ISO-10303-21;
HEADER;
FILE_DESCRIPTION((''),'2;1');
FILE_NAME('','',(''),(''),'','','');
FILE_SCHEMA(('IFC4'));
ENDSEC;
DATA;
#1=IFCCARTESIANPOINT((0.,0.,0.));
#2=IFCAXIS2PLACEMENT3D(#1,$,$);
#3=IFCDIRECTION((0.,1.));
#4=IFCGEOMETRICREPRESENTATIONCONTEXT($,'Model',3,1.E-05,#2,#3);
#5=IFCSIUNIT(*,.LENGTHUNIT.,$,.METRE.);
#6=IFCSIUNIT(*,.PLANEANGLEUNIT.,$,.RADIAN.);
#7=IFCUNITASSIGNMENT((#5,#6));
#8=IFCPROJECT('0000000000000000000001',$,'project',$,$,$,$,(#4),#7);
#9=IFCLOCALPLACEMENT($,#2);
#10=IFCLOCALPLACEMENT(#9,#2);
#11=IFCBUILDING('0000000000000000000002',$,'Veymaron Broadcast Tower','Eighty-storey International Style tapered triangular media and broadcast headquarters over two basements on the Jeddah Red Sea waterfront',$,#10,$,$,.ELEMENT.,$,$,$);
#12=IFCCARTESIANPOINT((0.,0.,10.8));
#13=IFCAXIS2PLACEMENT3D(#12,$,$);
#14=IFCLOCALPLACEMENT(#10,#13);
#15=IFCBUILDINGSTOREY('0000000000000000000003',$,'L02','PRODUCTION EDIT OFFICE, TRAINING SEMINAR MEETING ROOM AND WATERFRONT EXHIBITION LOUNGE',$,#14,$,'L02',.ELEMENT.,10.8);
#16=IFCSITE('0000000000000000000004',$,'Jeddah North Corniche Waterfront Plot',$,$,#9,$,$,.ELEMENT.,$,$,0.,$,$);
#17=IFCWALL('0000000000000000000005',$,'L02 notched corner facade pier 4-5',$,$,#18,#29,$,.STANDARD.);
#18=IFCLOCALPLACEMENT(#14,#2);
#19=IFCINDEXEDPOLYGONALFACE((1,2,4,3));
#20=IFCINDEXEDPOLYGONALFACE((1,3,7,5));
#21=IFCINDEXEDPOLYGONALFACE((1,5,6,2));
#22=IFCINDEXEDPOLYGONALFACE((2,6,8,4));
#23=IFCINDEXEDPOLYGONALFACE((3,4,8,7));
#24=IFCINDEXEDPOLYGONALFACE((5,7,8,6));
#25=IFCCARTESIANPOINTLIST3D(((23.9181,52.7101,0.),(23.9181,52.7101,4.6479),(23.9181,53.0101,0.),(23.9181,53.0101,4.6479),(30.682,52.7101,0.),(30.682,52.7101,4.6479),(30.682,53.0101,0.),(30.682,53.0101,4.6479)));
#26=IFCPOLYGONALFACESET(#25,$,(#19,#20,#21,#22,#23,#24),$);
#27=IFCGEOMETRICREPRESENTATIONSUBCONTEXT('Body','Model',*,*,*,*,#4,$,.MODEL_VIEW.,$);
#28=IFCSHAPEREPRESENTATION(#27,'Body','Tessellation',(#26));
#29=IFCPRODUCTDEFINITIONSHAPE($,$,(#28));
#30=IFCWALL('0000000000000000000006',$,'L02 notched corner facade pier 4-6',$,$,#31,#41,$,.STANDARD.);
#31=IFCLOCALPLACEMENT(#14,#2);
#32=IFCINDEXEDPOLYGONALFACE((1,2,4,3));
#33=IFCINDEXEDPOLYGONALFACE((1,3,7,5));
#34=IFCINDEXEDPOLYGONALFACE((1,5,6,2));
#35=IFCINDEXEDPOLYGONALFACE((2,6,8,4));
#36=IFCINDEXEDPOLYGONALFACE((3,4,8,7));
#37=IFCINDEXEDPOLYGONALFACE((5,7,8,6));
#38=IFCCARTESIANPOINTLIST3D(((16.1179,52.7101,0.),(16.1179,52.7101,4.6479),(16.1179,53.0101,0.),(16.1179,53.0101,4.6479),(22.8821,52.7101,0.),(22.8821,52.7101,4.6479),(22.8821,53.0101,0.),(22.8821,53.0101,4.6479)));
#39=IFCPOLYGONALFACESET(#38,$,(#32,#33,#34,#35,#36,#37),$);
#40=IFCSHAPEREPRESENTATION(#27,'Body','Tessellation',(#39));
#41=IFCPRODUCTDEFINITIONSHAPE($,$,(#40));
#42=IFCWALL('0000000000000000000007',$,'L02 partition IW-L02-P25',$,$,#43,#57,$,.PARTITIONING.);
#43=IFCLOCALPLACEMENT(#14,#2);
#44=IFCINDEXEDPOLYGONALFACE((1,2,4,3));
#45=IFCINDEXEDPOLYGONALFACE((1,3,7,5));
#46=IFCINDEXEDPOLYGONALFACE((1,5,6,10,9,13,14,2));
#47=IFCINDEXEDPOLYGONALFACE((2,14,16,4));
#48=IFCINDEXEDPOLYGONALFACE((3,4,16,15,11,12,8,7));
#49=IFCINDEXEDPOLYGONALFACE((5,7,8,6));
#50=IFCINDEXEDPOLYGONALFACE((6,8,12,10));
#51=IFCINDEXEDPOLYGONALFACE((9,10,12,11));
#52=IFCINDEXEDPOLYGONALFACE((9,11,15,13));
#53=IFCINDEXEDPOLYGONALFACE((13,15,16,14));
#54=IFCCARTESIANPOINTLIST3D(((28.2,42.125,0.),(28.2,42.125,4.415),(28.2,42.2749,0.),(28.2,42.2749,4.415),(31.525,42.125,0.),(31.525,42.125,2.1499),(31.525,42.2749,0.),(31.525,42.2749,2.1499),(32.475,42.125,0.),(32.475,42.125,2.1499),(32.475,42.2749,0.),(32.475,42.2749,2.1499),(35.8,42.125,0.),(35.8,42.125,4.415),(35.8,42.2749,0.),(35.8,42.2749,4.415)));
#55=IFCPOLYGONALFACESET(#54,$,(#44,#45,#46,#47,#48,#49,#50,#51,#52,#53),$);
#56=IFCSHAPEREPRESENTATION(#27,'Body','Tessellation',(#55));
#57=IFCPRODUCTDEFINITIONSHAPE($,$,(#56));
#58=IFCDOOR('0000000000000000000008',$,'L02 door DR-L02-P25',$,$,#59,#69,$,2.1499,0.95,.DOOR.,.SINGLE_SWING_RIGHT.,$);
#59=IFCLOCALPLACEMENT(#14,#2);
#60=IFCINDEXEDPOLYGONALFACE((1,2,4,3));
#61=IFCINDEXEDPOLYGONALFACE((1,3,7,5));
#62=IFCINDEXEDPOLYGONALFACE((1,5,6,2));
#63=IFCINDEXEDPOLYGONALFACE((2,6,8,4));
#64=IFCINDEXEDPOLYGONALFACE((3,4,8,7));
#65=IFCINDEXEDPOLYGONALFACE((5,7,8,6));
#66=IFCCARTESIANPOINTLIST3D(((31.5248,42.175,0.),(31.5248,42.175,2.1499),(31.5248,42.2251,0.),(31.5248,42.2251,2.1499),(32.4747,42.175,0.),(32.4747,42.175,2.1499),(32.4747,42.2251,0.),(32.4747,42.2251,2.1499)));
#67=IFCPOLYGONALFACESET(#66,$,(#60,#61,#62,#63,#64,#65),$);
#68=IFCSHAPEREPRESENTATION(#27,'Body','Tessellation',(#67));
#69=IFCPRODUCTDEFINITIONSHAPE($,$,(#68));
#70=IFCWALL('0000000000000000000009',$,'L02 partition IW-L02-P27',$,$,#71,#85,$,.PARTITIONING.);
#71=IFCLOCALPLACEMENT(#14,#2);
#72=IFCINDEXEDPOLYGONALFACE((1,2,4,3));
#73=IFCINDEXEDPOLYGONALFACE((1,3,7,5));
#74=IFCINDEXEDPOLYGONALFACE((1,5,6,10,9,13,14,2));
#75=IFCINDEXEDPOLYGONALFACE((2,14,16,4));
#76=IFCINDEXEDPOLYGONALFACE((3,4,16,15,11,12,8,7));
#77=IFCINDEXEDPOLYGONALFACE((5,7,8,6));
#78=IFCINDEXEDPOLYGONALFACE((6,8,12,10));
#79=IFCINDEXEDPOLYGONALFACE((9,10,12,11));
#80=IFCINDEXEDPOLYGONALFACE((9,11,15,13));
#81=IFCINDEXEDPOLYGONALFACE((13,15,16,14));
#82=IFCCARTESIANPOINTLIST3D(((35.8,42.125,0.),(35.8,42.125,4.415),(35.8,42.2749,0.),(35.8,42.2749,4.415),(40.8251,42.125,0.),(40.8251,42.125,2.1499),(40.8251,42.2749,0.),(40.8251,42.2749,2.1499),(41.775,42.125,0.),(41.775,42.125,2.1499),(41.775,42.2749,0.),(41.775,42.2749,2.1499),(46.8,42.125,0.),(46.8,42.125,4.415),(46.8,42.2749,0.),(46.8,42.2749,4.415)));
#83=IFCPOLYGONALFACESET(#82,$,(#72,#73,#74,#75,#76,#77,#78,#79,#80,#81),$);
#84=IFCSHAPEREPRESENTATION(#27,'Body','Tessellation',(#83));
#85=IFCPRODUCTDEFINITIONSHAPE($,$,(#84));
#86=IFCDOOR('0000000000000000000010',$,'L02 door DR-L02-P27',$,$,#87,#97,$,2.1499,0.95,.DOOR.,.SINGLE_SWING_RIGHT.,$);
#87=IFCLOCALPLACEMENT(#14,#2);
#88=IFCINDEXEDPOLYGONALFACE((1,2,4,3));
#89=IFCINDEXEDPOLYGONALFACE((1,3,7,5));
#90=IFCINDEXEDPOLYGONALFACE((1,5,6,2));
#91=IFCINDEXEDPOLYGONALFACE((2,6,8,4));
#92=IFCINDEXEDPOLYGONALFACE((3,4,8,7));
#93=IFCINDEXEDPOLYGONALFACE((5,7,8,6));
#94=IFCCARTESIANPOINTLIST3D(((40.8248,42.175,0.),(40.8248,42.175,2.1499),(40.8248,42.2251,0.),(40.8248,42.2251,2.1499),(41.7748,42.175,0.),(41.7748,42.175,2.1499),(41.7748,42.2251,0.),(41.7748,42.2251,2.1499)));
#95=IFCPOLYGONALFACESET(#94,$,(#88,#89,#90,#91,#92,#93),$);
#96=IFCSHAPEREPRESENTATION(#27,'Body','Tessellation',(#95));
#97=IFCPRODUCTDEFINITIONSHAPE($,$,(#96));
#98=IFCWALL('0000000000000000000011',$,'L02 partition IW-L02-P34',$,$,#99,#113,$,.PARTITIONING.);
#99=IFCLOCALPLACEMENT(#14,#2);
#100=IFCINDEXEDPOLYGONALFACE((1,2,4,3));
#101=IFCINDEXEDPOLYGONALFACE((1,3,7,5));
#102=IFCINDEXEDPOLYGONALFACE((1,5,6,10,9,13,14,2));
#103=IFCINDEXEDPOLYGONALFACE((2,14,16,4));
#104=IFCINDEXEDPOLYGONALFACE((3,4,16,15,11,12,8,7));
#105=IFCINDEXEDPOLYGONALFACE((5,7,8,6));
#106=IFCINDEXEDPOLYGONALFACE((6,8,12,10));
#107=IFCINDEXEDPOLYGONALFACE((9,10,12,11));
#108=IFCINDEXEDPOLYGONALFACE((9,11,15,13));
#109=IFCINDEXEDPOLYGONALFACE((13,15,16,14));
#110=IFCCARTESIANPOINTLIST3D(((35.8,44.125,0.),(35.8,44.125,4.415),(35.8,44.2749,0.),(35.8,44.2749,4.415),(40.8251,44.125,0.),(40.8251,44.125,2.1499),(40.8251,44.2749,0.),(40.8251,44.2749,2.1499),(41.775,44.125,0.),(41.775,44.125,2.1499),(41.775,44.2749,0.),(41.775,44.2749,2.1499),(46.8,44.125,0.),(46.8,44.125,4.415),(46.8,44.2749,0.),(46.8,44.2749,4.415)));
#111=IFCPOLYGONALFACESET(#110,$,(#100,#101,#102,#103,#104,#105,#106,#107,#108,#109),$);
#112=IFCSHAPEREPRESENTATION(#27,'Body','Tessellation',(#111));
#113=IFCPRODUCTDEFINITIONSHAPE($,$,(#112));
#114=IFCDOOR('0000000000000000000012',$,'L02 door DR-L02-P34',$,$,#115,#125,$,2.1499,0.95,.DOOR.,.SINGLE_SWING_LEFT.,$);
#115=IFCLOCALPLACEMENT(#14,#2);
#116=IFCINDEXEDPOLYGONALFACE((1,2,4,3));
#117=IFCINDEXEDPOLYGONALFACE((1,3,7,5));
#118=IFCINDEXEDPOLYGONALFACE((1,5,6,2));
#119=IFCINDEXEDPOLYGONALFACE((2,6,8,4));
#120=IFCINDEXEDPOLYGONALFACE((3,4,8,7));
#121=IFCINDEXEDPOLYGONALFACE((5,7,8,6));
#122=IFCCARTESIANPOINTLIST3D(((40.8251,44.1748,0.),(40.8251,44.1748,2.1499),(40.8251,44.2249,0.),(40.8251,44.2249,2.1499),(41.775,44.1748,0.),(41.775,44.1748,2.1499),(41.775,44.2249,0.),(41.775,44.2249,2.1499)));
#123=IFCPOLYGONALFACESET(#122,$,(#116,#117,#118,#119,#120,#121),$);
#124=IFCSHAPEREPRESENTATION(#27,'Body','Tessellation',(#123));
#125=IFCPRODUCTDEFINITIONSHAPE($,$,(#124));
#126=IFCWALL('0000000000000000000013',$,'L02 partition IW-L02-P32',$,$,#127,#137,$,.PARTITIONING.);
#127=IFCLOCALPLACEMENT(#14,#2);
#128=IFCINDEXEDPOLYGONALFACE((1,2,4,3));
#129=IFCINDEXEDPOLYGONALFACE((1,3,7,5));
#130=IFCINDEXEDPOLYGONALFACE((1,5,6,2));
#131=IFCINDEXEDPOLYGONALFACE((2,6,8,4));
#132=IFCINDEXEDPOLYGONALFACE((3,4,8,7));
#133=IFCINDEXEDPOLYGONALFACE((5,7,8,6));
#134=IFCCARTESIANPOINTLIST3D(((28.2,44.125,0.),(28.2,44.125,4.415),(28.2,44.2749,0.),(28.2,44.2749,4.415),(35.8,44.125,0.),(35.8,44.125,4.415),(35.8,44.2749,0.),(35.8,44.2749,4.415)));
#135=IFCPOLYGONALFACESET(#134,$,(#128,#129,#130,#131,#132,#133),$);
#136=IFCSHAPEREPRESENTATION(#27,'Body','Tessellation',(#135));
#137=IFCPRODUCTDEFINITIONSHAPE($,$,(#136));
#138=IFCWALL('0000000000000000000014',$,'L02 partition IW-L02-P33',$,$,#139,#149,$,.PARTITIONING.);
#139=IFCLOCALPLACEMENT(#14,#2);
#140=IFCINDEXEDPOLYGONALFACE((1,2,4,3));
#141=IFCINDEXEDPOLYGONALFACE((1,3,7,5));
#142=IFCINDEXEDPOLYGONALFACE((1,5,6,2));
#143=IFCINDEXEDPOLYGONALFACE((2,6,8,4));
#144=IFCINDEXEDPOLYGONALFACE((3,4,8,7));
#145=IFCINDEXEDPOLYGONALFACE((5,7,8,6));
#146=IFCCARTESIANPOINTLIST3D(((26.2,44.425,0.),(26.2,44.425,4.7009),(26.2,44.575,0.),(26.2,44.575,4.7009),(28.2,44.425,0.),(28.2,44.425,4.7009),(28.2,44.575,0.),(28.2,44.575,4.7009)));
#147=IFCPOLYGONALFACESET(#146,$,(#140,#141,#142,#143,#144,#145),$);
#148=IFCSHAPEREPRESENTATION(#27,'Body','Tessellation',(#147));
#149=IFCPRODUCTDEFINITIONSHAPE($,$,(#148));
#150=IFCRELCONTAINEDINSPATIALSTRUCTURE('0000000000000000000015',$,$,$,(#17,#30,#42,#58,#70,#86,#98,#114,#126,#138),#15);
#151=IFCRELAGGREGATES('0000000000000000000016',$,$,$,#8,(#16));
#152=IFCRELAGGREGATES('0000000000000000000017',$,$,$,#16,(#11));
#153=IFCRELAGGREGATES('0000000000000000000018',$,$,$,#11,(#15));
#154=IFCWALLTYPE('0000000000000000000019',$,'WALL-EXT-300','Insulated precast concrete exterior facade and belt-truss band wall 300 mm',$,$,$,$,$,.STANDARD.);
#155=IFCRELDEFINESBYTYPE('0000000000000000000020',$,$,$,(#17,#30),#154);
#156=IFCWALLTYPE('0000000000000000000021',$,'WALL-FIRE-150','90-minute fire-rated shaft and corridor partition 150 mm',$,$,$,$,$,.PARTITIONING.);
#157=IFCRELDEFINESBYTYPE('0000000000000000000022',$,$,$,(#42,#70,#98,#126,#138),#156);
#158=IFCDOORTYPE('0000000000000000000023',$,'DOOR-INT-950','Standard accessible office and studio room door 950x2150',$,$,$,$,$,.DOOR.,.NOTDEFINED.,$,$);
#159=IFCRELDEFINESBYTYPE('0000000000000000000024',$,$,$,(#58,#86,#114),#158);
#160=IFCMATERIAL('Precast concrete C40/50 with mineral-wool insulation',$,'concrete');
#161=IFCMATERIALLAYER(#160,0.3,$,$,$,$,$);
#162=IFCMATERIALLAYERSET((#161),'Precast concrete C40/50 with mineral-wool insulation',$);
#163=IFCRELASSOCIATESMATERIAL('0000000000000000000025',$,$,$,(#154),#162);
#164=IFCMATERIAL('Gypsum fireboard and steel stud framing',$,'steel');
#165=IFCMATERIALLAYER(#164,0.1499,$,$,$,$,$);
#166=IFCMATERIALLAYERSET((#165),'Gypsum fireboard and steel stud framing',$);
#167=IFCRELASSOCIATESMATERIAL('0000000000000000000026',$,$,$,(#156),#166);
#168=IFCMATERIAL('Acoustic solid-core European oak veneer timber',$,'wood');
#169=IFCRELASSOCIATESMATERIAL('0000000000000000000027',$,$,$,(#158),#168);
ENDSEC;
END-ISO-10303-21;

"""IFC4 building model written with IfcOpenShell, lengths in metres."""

from ifc_helpers import new_model, si_unit, direction, frame, frame_2d, origin, place, context, subcontext, project, spatial, rectangle, extrude, material, layer, layer_set, type_object, element, fill, save


model = new_model("IFC4")

# Units and contexts
model_context = context("Model", 3, precision=1e-05, world=origin(), true_north=direction((0.0, 1.0)))
body_context = subcontext(model_context, "Body", "Model", "MODEL_VIEW")
ifc_project = project(units=[si_unit("LENGTHUNIT", "METRE"), si_unit("PLANEANGLEUNIT", "RADIAN")], contexts=[model_context])

# Site, building, storey
site_placement = place(None, origin())
site = spatial("IfcSite", under=ifc_project, at=site_placement, Name="Jeddah North Corniche Waterfront Plot", CompositionType="ELEMENT", RefElevation=0.0)
building_placement = place(site_placement, origin())
building = spatial("IfcBuilding", under=site, at=building_placement, Name="Veymaron Broadcast Tower", Description="Eighty-storey International Style tapered triangular media and broadcast headquarters over two basements on the Jeddah Red Sea waterfront", CompositionType="ELEMENT")
storey_placement = place(building_placement, frame((0.0, 0.0, 10.8)))
storey = spatial("IfcBuildingStorey", under=building, at=storey_placement, Name="L02", Description="PRODUCTION EDIT OFFICE, TRAINING SEMINAR MEETING ROOM AND WATERFRONT EXHIBITION LOUNGE", LongName="L02", CompositionType="ELEMENT", Elevation=10.8)

# Walls
ifc_material_1 = material(Name="Precast concrete C40/50 with mineral-wool insulation", Category="concrete")
ifc_layer_1 = layer(ifc_material_1, 0.3)
ifc_layer_set_1 = layer_set([ifc_layer_1], Name="Precast concrete C40/50 with mineral-wool insulation")
wall_type_1 = type_object("IfcWallType", Name="WALL-EXT-300", Description="Insulated precast concrete exterior facade and belt-truss band wall 300 mm", PredefinedType="STANDARD", material=ifc_layer_set_1)
wall_1_placement = place(storey_placement, frame((30.6819, 52.8601, 0.0), z_axis=(0.0, 0.0, 1.0), x_axis=(-1.0, 0.0, 0.0)))
element("IfcWall", 1, at=wall_1_placement, inside=storey, type_object=wall_type_1, Name="L02 notched corner facade pier 4-5", PredefinedType="STANDARD", context=body_context, shape_type="SweptSolid", body=[
    extrude(rectangle(XDim=6.7639, YDim=0.3, at=frame_2d((3.3818, 0.0))), origin(), (0.0, 0.0, 1.0), 4.6479),
])
wall_2_placement = place(storey_placement, frame((22.8821, 52.8601, 0.0), z_axis=(0.0, 0.0, 1.0), x_axis=(-1.0, 0.0, 0.0)))
element("IfcWall", 2, at=wall_2_placement, inside=storey, type_object=wall_type_1, Name="L02 notched corner facade pier 4-6", PredefinedType="STANDARD", context=body_context, shape_type="SweptSolid", body=[
    extrude(rectangle(XDim=6.7642, YDim=0.3, at=frame_2d((3.3821, 0.0))), origin(), (0.0, 0.0, 1.0), 4.6479),
])

# Walls, openings, doors
ifc_material_2 = material(Name="Gypsum fireboard and steel stud framing", Category="steel")
ifc_layer_2 = layer(ifc_material_2, 0.1499)
ifc_layer_set_2 = layer_set([ifc_layer_2], Name="Gypsum fireboard and steel stud framing")
wall_type_2 = type_object("IfcWallType", Name="WALL-FIRE-150", Description="90-minute fire-rated shaft and corridor partition 150 mm", PredefinedType="PARTITIONING", material=ifc_layer_set_2)
wall_3_placement = place(storey_placement, frame((28.2, 42.2, 0.0), z_axis=(0.0, 0.0, 1.0), x_axis=(1.0, 0.0, 0.0)))
wall_3 = element("IfcWall", 3, at=wall_3_placement, inside=storey, type_object=wall_type_2, Name="L02 partition IW-L02-P25", PredefinedType="PARTITIONING", context=body_context, shape_type="SweptSolid", body=[
    extrude(rectangle(XDim=7.6001, YDim=0.1499, at=frame_2d((3.8, 0.0))), origin(), (0.0, 0.0, 1.0), 4.415),
])
opening_1_placement = place(wall_3_placement, frame((3.325, 0.0, 0.0)))
opening_1 = element("IfcOpeningElement", 4, at=opening_1_placement, cuts=wall_3, PredefinedType="OPENING", context=body_context, shape_type="SweptSolid", body=[
    extrude(rectangle(XDim=0.95, YDim=2.1499, at=frame_2d((0.4751, 1.075))), frame((0.0, 0.085, 0.0), z_axis=(0.0, -1.0, 0.0), x_axis=(1.0, 0.0, 0.0)), (0.0, 0.0, 1.0), 0.1699),
])
ifc_material_3 = material(Name="Acoustic solid-core European oak veneer timber", Category="wood")
door_type = type_object("IfcDoorType", Name="DOOR-INT-950", Description="Standard accessible office and studio room door 950x2150", OperationType="NOTDEFINED", PredefinedType="DOOR", material=ifc_material_3)
door_1_placement = place(opening_1_placement, frame((0.95, 0.0, 0.0), z_axis=(0.0, 0.0, 1.0), x_axis=(-1.0, 0.0, 0.0)))
door_1 = element("IfcDoor", 5, at=door_1_placement, inside=storey, type_object=door_type, Name="L02 door DR-L02-P25", OperationType="SINGLE_SWING_RIGHT", OverallHeight=2.1499, OverallWidth=0.95, PredefinedType="DOOR", context=body_context, shape_type="SweptSolid", body=[
    extrude(rectangle(XDim=0.95, YDim=2.1499, at=frame_2d((0.4751, 1.075))), frame((0.0, 0.0249, 0.0), z_axis=(0.0, -1.0, 0.0), x_axis=(1.0, 0.0, 0.0)), (0.0, 0.0, 1.0), 0.05),
])
fill(opening_1, door_1)
wall_4_placement = place(storey_placement, frame((35.8, 42.2, 0.0), z_axis=(0.0, 0.0, 1.0), x_axis=(1.0, 0.0, 0.0)))
wall_4 = element("IfcWall", 6, at=wall_4_placement, inside=storey, type_object=wall_type_2, Name="L02 partition IW-L02-P27", PredefinedType="PARTITIONING", context=body_context, shape_type="SweptSolid", body=[
    extrude(rectangle(XDim=11.0, YDim=0.1499, at=frame_2d((5.5, 0.0))), origin(), (0.0, 0.0, 1.0), 4.415),
])
opening_2_placement = place(wall_4_placement, frame((5.0249, 0.0, 0.0)))
opening_2 = element("IfcOpeningElement", 7, at=opening_2_placement, cuts=wall_4, PredefinedType="OPENING", context=body_context, shape_type="SweptSolid", body=[
    extrude(rectangle(XDim=0.95, YDim=2.1499, at=frame_2d((0.4751, 1.075))), frame((0.0, 0.085, 0.0), z_axis=(0.0, -1.0, 0.0), x_axis=(1.0, 0.0, 0.0)), (0.0, 0.0, 1.0), 0.1699),
])
door_2_placement = place(opening_2_placement, frame((0.95, 0.0, 0.0), z_axis=(0.0, 0.0, 1.0), x_axis=(-1.0, 0.0, 0.0)))
door_2 = element("IfcDoor", 8, at=door_2_placement, inside=storey, type_object=door_type, Name="L02 door DR-L02-P27", OperationType="SINGLE_SWING_RIGHT", OverallHeight=2.1499, OverallWidth=0.95, PredefinedType="DOOR", context=body_context, shape_type="SweptSolid", body=[
    extrude(rectangle(XDim=0.95, YDim=2.1499, at=frame_2d((0.4751, 1.075))), frame((0.0, 0.0249, 0.0), z_axis=(0.0, -1.0, 0.0), x_axis=(1.0, 0.0, 0.0)), (0.0, 0.0, 1.0), 0.05),
])
fill(opening_2, door_2)
wall_5_placement = place(storey_placement, frame((35.8, 44.2, 0.0), z_axis=(0.0, 0.0, 1.0), x_axis=(1.0, 0.0, 0.0)))
wall_5 = element("IfcWall", 9, at=wall_5_placement, inside=storey, type_object=wall_type_2, Name="L02 partition IW-L02-P34", PredefinedType="PARTITIONING", context=body_context, shape_type="SweptSolid", body=[
    extrude(rectangle(XDim=11.0, YDim=0.1499, at=frame_2d((5.5, 0.0))), origin(), (0.0, 0.0, 1.0), 4.415),
])
opening_3_placement = place(wall_5_placement, frame((5.0249, 0.0, 0.0)))
opening_3 = element("IfcOpeningElement", 10, at=opening_3_placement, cuts=wall_5, PredefinedType="OPENING", context=body_context, shape_type="SweptSolid", body=[
    extrude(rectangle(XDim=0.95, YDim=2.1499, at=frame_2d((0.4751, 1.075))), frame((0.0, 0.085, 0.0), z_axis=(0.0, -1.0, 0.0), x_axis=(1.0, 0.0, 0.0)), (0.0, 0.0, 1.0), 0.1699),
])
door_3_placement = place(opening_3_placement, origin())
door_3 = element("IfcDoor", 11, at=door_3_placement, inside=storey, type_object=door_type, Name="L02 door DR-L02-P34", OperationType="SINGLE_SWING_LEFT", OverallHeight=2.1499, OverallWidth=0.95, PredefinedType="DOOR", context=body_context, shape_type="SweptSolid", body=[
    extrude(rectangle(XDim=0.95, YDim=2.1499, at=frame_2d((0.4751, 1.075))), frame((0.0, 0.0249, 0.0), z_axis=(0.0, -1.0, 0.0), x_axis=(1.0, 0.0, 0.0)), (0.0, 0.0, 1.0), 0.05),
])
fill(opening_3, door_3)

# Walls
wall_6_placement = place(storey_placement, frame((28.2, 44.2, 0.0), z_axis=(0.0, 0.0, 1.0), x_axis=(1.0, 0.0, 0.0)))
element("IfcWall", 12, at=wall_6_placement, inside=storey, type_object=wall_type_2, Name="L02 partition IW-L02-P32", PredefinedType="PARTITIONING", context=body_context, shape_type="SweptSolid", body=[
    extrude(rectangle(XDim=7.6001, YDim=0.1499, at=frame_2d((3.8, 0.0))), origin(), (0.0, 0.0, 1.0), 4.415),
])
wall_7_placement = place(storey_placement, frame((26.2, 44.5, 0.0), z_axis=(0.0, 0.0, 1.0), x_axis=(1.0, 0.0, 0.0)))
element("IfcWall", 13, at=wall_7_placement, inside=storey, type_object=wall_type_2, Name="L02 partition IW-L02-P33", PredefinedType="PARTITIONING", context=body_context, shape_type="SweptSolid", body=[
    extrude(rectangle(XDim=2.0, YDim=0.1499, at=frame_2d((1.0, 0.0))), origin(), (0.0, 0.0, 1.0), 4.7009),
])

save(model, "model.ifc")
